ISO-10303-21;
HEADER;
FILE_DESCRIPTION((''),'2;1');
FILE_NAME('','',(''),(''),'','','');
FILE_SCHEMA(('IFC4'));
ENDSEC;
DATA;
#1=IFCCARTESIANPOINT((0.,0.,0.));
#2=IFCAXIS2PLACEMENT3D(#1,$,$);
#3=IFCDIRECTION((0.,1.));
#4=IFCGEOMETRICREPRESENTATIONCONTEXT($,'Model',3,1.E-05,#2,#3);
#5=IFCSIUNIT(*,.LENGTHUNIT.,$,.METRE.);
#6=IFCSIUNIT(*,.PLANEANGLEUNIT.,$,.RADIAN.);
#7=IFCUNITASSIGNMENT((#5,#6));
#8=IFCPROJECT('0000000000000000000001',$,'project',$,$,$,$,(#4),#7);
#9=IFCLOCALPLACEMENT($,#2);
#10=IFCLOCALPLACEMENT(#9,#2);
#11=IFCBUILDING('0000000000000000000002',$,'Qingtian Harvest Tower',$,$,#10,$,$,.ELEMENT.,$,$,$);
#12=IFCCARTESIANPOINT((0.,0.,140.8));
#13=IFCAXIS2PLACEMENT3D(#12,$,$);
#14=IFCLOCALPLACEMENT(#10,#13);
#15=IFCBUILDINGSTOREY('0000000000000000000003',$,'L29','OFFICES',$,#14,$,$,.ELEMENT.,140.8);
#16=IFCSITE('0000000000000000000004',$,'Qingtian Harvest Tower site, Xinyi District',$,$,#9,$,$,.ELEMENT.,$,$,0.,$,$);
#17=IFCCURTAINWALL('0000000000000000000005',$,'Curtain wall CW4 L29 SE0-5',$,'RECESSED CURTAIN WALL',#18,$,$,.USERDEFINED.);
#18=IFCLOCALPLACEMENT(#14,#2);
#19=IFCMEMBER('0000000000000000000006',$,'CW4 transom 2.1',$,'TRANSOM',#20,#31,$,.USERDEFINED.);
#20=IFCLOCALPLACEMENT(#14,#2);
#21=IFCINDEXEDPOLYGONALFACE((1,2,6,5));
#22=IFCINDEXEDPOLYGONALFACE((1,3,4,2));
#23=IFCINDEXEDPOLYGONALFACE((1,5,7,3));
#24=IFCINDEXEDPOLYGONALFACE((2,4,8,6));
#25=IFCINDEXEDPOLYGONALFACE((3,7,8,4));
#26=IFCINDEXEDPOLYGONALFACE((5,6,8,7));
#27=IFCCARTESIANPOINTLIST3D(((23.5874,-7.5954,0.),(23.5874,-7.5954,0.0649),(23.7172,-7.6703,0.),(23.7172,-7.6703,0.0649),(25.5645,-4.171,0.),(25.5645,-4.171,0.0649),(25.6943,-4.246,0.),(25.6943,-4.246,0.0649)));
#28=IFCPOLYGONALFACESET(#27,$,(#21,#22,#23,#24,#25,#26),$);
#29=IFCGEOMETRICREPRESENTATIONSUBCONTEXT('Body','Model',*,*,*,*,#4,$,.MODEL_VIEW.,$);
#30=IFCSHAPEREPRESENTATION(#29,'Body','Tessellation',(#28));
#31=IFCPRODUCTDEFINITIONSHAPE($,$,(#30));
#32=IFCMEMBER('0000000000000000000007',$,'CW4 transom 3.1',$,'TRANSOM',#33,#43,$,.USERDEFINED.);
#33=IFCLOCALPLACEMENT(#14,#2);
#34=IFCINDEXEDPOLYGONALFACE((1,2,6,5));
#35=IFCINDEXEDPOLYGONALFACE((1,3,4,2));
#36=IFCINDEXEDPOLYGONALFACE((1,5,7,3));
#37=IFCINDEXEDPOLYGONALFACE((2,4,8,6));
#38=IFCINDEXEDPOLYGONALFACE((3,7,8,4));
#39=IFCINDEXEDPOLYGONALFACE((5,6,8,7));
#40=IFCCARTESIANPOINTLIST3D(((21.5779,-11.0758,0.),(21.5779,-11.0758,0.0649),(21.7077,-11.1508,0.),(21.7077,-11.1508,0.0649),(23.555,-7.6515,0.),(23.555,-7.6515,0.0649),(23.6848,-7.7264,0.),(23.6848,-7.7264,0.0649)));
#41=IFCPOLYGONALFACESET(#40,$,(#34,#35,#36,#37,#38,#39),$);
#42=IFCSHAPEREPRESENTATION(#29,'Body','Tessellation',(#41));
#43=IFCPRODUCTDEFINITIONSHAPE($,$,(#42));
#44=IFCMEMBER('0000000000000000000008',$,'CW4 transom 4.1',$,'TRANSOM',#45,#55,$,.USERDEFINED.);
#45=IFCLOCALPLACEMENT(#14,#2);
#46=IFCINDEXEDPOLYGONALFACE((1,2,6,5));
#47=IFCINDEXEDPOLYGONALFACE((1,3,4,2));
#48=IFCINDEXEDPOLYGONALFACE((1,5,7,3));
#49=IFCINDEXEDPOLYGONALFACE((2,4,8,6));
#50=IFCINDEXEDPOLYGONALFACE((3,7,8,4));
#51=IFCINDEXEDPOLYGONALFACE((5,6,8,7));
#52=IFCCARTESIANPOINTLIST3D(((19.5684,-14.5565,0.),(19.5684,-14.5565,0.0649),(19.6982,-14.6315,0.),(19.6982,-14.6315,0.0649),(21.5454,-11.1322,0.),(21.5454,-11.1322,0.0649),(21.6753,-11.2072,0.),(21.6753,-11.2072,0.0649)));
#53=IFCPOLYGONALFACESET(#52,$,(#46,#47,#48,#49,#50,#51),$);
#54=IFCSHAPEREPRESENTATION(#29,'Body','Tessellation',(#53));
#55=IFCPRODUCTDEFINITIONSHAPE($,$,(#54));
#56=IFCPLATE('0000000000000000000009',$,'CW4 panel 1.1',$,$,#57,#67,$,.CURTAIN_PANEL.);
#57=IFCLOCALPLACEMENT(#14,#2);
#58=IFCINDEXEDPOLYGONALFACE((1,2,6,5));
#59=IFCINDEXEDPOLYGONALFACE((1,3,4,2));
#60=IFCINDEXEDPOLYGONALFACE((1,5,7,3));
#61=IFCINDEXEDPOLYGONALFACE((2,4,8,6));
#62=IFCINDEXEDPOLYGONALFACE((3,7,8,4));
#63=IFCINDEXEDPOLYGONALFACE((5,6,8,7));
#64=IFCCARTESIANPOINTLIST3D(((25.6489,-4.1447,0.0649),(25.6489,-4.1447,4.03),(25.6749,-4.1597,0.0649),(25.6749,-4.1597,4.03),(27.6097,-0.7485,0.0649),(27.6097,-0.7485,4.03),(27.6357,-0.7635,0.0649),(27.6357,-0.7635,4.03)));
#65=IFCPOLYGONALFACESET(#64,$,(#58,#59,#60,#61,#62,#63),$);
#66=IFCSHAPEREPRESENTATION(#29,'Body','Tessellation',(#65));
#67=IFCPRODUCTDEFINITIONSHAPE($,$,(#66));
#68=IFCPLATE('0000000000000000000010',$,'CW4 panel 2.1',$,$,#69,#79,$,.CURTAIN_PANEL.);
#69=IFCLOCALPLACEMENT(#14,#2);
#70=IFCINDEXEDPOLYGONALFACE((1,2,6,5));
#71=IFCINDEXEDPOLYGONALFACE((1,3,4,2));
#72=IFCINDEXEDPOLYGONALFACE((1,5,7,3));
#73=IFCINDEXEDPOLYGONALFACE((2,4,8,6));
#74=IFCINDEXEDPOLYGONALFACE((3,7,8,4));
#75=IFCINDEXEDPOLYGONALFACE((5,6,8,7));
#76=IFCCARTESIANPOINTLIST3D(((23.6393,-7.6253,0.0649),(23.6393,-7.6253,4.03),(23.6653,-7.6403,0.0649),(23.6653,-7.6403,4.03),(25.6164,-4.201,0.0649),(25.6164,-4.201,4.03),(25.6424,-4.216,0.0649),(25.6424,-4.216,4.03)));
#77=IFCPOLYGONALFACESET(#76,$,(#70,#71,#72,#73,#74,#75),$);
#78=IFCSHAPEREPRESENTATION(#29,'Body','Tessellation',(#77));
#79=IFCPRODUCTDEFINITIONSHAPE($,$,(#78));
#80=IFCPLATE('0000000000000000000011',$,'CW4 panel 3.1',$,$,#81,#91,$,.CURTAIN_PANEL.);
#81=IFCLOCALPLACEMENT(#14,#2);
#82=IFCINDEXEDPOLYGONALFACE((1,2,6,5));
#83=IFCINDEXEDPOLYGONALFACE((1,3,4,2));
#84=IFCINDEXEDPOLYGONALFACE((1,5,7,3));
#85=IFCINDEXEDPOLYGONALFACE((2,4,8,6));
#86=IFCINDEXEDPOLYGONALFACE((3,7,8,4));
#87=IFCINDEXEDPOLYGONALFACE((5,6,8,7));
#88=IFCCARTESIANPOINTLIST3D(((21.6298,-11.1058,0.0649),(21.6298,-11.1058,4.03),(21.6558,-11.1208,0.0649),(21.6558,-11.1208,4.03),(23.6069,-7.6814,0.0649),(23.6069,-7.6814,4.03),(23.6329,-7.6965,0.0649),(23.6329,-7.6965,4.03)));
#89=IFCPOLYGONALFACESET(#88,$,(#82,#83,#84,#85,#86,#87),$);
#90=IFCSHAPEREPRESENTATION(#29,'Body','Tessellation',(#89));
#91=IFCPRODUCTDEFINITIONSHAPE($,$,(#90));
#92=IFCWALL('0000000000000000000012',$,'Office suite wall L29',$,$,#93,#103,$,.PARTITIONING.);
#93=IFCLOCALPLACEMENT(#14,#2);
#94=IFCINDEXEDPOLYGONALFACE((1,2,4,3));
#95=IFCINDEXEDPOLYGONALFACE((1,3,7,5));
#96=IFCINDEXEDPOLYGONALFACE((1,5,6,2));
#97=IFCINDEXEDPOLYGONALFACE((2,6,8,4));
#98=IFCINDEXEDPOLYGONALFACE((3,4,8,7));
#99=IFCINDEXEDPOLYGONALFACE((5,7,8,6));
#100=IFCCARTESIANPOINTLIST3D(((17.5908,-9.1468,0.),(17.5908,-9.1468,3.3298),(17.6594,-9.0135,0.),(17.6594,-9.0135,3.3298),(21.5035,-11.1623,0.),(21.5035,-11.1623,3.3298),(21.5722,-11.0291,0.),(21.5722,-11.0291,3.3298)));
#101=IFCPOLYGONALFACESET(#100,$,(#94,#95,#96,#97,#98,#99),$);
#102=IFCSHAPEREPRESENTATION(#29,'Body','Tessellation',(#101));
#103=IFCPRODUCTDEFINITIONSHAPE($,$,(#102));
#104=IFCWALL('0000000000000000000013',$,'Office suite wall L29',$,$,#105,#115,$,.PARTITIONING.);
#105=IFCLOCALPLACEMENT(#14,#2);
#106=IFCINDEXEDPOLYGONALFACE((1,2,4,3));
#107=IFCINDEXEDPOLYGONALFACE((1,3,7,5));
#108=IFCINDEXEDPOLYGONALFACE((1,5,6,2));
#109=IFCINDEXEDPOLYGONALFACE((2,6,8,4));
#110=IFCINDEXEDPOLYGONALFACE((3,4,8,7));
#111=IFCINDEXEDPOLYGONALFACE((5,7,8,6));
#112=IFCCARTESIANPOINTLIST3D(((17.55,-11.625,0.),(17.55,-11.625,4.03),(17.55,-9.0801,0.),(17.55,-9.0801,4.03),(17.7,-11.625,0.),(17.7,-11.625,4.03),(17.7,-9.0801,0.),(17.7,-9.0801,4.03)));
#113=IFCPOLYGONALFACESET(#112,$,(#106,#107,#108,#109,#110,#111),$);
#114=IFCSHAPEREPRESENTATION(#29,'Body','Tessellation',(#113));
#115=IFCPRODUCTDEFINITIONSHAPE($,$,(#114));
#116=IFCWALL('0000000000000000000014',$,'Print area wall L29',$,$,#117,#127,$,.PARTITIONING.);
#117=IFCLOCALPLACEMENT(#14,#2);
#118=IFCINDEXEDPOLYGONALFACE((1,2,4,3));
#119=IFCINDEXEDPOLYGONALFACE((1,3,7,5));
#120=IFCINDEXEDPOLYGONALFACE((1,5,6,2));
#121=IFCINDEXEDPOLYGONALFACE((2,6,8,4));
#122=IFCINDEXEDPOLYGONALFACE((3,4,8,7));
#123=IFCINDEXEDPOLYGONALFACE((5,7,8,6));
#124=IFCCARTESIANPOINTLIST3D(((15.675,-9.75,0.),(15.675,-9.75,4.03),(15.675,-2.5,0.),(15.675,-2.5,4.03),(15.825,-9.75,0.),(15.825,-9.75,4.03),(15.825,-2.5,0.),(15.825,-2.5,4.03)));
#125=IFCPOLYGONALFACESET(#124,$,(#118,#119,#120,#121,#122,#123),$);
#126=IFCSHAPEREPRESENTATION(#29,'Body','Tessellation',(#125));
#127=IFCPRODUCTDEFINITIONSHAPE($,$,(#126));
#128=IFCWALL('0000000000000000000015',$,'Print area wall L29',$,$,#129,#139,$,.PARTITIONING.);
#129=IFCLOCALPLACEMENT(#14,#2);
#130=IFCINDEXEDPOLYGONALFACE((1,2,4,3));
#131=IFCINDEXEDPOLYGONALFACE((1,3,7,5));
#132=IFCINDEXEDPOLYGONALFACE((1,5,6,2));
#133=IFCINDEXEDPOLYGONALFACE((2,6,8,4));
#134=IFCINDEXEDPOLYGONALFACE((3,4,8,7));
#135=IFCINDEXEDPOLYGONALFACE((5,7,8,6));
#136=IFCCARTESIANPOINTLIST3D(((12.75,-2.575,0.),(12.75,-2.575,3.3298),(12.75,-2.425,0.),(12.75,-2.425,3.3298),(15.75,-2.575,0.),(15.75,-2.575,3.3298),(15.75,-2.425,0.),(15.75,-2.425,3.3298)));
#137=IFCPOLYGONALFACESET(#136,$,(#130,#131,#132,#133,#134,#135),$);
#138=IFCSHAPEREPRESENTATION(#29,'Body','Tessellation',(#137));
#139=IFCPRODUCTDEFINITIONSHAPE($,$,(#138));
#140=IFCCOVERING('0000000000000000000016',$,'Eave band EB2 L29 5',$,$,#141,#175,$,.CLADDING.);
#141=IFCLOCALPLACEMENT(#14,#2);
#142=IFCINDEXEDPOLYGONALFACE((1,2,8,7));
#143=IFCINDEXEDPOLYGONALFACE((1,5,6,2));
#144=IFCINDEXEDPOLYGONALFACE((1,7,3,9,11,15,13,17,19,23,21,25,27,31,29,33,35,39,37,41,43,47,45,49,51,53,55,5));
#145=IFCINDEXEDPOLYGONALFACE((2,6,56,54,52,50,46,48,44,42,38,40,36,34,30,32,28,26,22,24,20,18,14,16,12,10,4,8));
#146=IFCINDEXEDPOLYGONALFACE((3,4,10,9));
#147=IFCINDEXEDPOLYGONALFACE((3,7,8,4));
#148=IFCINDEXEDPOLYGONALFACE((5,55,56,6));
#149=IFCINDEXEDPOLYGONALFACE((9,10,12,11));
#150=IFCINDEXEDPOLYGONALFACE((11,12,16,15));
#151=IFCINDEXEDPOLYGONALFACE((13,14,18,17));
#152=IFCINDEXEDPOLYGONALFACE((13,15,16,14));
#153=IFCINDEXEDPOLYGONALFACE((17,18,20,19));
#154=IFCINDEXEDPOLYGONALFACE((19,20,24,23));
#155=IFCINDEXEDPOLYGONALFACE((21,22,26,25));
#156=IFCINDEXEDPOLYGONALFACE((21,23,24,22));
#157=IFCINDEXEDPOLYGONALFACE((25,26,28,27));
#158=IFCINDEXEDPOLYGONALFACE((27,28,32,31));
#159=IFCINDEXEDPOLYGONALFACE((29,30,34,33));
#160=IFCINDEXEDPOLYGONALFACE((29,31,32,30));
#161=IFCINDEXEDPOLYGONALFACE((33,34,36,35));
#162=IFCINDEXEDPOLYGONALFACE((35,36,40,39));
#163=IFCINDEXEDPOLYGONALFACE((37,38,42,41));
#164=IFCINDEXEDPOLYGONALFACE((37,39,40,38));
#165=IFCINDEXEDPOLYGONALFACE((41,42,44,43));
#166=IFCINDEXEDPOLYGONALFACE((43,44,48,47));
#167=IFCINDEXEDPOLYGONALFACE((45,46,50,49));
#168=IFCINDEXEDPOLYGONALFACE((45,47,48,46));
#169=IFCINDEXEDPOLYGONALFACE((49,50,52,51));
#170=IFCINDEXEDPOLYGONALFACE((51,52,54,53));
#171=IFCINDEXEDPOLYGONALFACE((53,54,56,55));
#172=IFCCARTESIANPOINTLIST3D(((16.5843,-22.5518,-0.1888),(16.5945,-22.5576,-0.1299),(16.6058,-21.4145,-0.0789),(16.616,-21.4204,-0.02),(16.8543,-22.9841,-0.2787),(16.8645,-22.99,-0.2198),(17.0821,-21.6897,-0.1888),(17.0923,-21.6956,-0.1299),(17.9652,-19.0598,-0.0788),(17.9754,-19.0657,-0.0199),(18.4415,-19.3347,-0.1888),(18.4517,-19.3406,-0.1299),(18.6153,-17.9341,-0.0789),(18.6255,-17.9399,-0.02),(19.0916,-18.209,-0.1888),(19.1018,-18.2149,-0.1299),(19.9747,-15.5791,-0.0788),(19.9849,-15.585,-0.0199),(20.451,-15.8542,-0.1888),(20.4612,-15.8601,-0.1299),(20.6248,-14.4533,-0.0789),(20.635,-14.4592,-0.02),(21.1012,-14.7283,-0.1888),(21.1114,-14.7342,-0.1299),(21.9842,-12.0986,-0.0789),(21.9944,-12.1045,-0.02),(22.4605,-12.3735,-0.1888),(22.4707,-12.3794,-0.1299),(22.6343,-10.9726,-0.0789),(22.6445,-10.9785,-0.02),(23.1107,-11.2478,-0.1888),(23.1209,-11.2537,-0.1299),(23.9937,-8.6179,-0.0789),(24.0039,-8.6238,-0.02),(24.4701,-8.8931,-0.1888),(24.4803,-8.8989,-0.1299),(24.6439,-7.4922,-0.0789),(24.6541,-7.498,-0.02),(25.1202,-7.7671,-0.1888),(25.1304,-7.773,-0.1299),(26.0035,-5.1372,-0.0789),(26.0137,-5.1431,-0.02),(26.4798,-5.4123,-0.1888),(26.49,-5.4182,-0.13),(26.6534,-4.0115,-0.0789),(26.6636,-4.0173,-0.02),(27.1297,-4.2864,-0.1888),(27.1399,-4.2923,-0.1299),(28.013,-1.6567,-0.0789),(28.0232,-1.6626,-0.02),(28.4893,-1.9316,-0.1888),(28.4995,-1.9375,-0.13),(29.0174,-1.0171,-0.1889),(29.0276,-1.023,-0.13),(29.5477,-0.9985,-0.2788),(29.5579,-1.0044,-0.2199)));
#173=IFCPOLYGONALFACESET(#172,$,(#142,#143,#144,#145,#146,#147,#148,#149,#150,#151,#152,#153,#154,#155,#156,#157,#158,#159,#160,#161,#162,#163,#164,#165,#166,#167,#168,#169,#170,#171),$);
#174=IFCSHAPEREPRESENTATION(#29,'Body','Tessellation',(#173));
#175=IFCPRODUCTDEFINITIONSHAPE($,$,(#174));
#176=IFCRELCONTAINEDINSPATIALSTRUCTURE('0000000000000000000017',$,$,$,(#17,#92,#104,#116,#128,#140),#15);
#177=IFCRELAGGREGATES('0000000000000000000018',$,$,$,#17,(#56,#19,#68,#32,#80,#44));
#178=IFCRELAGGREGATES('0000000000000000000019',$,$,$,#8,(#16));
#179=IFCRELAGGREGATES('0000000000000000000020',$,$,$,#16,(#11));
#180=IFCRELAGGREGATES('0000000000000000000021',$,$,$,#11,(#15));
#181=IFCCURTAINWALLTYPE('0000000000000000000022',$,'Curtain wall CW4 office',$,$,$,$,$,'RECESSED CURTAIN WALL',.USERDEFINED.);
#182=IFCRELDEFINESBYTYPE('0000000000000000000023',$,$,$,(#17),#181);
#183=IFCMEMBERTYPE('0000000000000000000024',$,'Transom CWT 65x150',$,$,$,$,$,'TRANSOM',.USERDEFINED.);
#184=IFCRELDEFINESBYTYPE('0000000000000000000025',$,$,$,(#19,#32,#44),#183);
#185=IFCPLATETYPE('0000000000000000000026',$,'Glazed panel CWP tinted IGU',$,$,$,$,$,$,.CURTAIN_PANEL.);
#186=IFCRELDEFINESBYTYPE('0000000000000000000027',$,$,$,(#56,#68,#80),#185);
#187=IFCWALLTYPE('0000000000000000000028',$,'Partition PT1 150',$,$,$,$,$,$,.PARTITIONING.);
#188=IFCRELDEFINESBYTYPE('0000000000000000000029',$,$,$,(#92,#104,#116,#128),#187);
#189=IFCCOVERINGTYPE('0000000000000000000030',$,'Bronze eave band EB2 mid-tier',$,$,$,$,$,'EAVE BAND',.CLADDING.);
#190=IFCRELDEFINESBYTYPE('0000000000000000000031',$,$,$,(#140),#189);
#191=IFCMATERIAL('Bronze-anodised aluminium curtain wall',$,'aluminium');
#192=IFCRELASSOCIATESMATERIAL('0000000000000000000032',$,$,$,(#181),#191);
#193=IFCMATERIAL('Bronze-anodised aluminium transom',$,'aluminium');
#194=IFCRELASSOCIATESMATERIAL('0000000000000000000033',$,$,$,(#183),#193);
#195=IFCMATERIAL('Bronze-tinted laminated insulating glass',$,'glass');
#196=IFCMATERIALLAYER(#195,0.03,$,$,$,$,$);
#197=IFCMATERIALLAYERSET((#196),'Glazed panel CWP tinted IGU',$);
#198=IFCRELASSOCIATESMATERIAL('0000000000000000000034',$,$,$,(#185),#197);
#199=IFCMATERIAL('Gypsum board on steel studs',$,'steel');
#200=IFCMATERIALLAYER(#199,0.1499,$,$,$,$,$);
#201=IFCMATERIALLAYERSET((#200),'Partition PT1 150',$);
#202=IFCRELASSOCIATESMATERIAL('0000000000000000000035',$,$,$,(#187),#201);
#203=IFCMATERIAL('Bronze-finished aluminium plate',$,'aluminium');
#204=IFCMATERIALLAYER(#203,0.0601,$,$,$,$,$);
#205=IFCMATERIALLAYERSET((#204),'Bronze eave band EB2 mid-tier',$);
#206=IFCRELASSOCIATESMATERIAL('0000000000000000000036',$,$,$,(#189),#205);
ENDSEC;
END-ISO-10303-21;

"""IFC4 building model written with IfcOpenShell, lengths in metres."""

from ifc_helpers import new_model, si_unit, direction, frame, frame_2d, origin, origin_2d, place, context, subcontext, project, spatial, polyline, rectangle, outline, extrude, material, layer, layer_set, material_profile, profile_set, type_object, element, aggregate, save


model = new_model("IFC4")

# Units and contexts
model_context = context("Model", 3, precision=1e-05, world=origin(), true_north=direction((0.0, 1.0)))
body_context = subcontext(model_context, "Body", "Model", "MODEL_VIEW")
ifc_project = project(units=[si_unit("LENGTHUNIT", "METRE"), si_unit("PLANEANGLEUNIT", "RADIAN")], contexts=[model_context])

# Site, building, storey
site_placement = place(None, origin())
site = spatial("IfcSite", under=ifc_project, at=site_placement, Name="Qingtian Harvest Tower site, Xinyi District", CompositionType="ELEMENT", RefElevation=0.0)
building_placement = place(site_placement, origin())
building = spatial("IfcBuilding", under=site, at=building_placement, Name="Qingtian Harvest Tower", CompositionType="ELEMENT")
storey_placement = place(building_placement, frame((0.0, 0.0, 140.8)))
storey = spatial("IfcBuildingStorey", under=building, at=storey_placement, Name="L29", Description="OFFICES", CompositionType="ELEMENT", Elevation=140.8)

# Shared definitions
ifc_material_1 = material(Name="Bronze-anodised aluminium curtain wall", Category="aluminium")
curtain_wall_type = type_object("IfcCurtainWallType", Name="Curtain wall CW4 office", ElementType="RECESSED CURTAIN WALL", PredefinedType="USERDEFINED", material=ifc_material_1)

# Curtain wall
curtain_wall_1_placement = place(storey_placement, origin())
curtain_wall_1 = element("IfcCurtainWall", 1, at=curtain_wall_1_placement, inside=storey, type_object=curtain_wall_type, Name="Curtain wall CW4 L29 SE0-5", ObjectType="RECESSED CURTAIN WALL", PredefinedType="USERDEFINED")

# Members
ifc_material_2 = material(Name="Bronze-anodised aluminium transom", Category="aluminium")
ifc_material_profile_1 = material_profile(ifc_material_2, rectangle(XDim=0.1499, YDim=0.0649, at=origin_2d()), Name="AL 65x150")
ifc_profile_set_1 = profile_set([ifc_material_profile_1], Name="Bronze-anodised aluminium transom")
member_type_1 = type_object("IfcMemberType", Name="Transom CWT 65x150", ElementType="TRANSOM", PredefinedType="USERDEFINED", material=ifc_profile_set_1)
member_1_placement = place(storey_placement, frame((25.6294, -4.2085, 0.0325), z_axis=(-0.500004, -0.866023, 0.0), x_axis=(0.866023, -0.500004, 0.0)))
member_1 = element("IfcMember", 2, at=member_1_placement, type_object=member_type_1, Name="CW4 transom 2.1", ObjectType="TRANSOM", PredefinedType="USERDEFINED", context=body_context, shape_type="SweptSolid", body=[
    extrude(rectangle(XDim=0.1499, YDim=0.0649, at=origin_2d()), origin(), (0.0, 0.0, 1.0), 3.9541),
])
member_2_placement = place(storey_placement, frame((23.6199, -7.689, 0.0325), z_axis=(-0.500004, -0.866023, 0.0), x_axis=(0.866023, -0.500004, 0.0)))
member_2 = element("IfcMember", 3, at=member_2_placement, type_object=member_type_1, Name="CW4 transom 3.1", ObjectType="TRANSOM", PredefinedType="USERDEFINED", context=body_context, shape_type="SweptSolid", body=[
    extrude(rectangle(XDim=0.1499, YDim=0.0649, at=origin_2d()), origin(), (0.0, 0.0, 1.0), 3.9541),
])
member_3_placement = place(storey_placement, frame((21.6104, -11.1697, 0.0325), z_axis=(-0.500004, -0.866023, 0.0), x_axis=(0.866023, -0.500004, 0.0)))
member_3 = element("IfcMember", 4, at=member_3_placement, type_object=member_type_1, Name="CW4 transom 4.1", ObjectType="TRANSOM", PredefinedType="USERDEFINED", context=body_context, shape_type="SweptSolid", body=[
    extrude(rectangle(XDim=0.1499, YDim=0.0649, at=origin_2d()), origin(), (0.0, 0.0, 1.0), 3.9541),
])

# Plates
ifc_material_3 = material(Name="Bronze-tinted laminated insulating glass", Category="glass")
ifc_layer_1 = layer(ifc_material_3, 0.03)
ifc_layer_set_1 = layer_set([ifc_layer_1], Name="Glazed panel CWP tinted IGU")
plate_type = type_object("IfcPlateType", Name="Glazed panel CWP tinted IGU", PredefinedType="CURTAIN_PANEL", material=ifc_layer_set_1)
plate_1_placement = place(storey_placement, frame((26.6423, -2.4541, 0.0649), z_axis=(0.0, 0.0, 1.0), x_axis=(-0.5, -0.866025, 0.0)))
plate_1 = element("IfcPlate", 5, at=plate_1_placement, type_object=plate_type, Name="CW4 panel 1.1", PredefinedType="CURTAIN_PANEL", context=body_context, shape_type="SweptSolid", body=[
    extrude(rectangle(XDim=3.9216, YDim=0.03, at=origin_2d()), origin(), (0.0, 0.0, 1.0), 3.9651),
])
plate_2_placement = place(storey_placement, frame((24.6409, -5.9207, 0.0649), z_axis=(0.0, 0.0, 1.0), x_axis=(-0.5, -0.866025, 0.0)))
plate_2 = element("IfcPlate", 6, at=plate_2_placement, type_object=plate_type, Name="CW4 panel 2.1", PredefinedType="CURTAIN_PANEL", context=body_context, shape_type="SweptSolid", body=[
    extrude(rectangle(XDim=3.9541, YDim=0.03, at=origin_2d()), origin(), (0.0, 0.0, 1.0), 3.9651),
])
plate_3_placement = place(storey_placement, frame((22.6313, -9.4011, 0.0649), z_axis=(0.0, 0.0, 1.0), x_axis=(-0.5, -0.866025, 0.0)))
plate_3 = element("IfcPlate", 7, at=plate_3_placement, type_object=plate_type, Name="CW4 panel 3.1", PredefinedType="CURTAIN_PANEL", context=body_context, shape_type="SweptSolid", body=[
    extrude(rectangle(XDim=3.9541, YDim=0.03, at=origin_2d()), origin(), (0.0, 0.0, 1.0), 3.9651),
])
aggregate(curtain_wall_1, [plate_1, member_1, plate_2, member_2, plate_3, member_3])

# Walls
ifc_material_4 = material(Name="Gypsum board on steel studs", Category="steel")
ifc_layer_2 = layer(ifc_material_4, 0.1499)
ifc_layer_set_2 = layer_set([ifc_layer_2], Name="Partition PT1 150")
wall_type = type_object("IfcWallType", Name="Partition PT1 150", PredefinedType="PARTITIONING", material=ifc_layer_set_2)
wall_1_placement = place(storey_placement, frame((21.5378, -11.0957, 0.0), z_axis=(0.0, 0.0, 1.0), x_axis=(-0.888982, 0.457942, 0.0)))
element("IfcWall", 8, at=wall_1_placement, inside=storey, type_object=wall_type, Name="Office suite wall L29", PredefinedType="PARTITIONING", context=body_context, shape_type="SweptSolid", body=[
    extrude(rectangle(XDim=4.4014, YDim=0.1499, at=frame_2d((2.2007, 0.0))), origin(), (0.0, 0.0, 1.0), 3.3298),
])
wall_2_placement = place(storey_placement, frame((17.625, -9.0801, 0.0), z_axis=(0.0, 0.0, 1.0), x_axis=(0.0, -1.0, 0.0)))
element("IfcWall", 9, at=wall_2_placement, inside=storey, type_object=wall_type, Name="Office suite wall L29", PredefinedType="PARTITIONING", context=body_context, shape_type="SweptSolid", body=[
    extrude(rectangle(XDim=2.5449, YDim=0.1499, at=frame_2d((1.2725, 0.0))), origin(), (0.0, 0.0, 1.0), 4.03),
])
wall_3_placement = place(storey_placement, frame((15.75, -9.75, 0.0), z_axis=(0.0, 0.0, 1.0), x_axis=(0.0, 1.0, 0.0)))
element("IfcWall", 10, at=wall_3_placement, inside=storey, type_object=wall_type, Name="Print area wall L29", PredefinedType="PARTITIONING", context=body_context, shape_type="SweptSolid", body=[
    extrude(rectangle(XDim=7.25, YDim=0.1499, at=frame_2d((3.625, 0.0))), origin(), (0.0, 0.0, 1.0), 4.03),
])
wall_4_placement = place(storey_placement, frame((12.75, -2.5, 0.0), z_axis=(0.0, 0.0, 1.0), x_axis=(1.0, 0.0, 0.0)))
element("IfcWall", 11, at=wall_4_placement, inside=storey, type_object=wall_type, Name="Print area wall L29", PredefinedType="PARTITIONING", context=body_context, shape_type="SweptSolid", body=[
    extrude(rectangle(XDim=3.0, YDim=0.1499, at=frame_2d((1.5, 0.0))), origin(), (0.0, 0.0, 1.0), 3.3298),
])

# Covering
ifc_material_5 = material(Name="Bronze-finished aluminium plate", Category="aluminium")
ifc_layer_3 = layer(ifc_material_5, 0.0601)
ifc_layer_set_3 = layer_set([ifc_layer_3], Name="Bronze eave band EB2 mid-tier")
covering_type = type_object("IfcCoveringType", Name="Bronze eave band EB2 mid-tier", ElementType="EAVE BAND", PredefinedType="CLADDING", material=ifc_layer_set_3)
covering_placement = place(storey_placement, frame((28.0232, -1.6626, -0.02), z_axis=(0.169743, -0.097999, 0.980604), x_axis=(0.849305, -0.490168, -0.196001)))
element("IfcCovering", 12, at=covering_placement, inside=storey, type_object=covering_type, Name="Eave band EB2 L29 5", PredefinedType="CLADDING", context=body_context, shape_type="SweptSolid", body=[
    extrude(outline(polyline([(0.0, 0.0), (0.5609, 0.0), (0.5611, 1.0561), (1.02, 1.3372), (1.0161, -24.0496), (0.5572, -23.8101), (0.5574, -22.8146), (-0.0036, -22.8144), (-0.0033, -20.0954), (0.5576, -20.0954), (0.558, -18.7954), (-0.0029, -18.7954), (-0.0027, -16.0763), (0.5583, -16.0765), (0.5585, -14.7763), (-0.0023, -14.7763), (-0.002, -12.0574), (0.5589, -12.0574), (0.5592, -10.7574), (-0.0018, -10.7572), (-0.0015, -8.0382), (0.5595, -8.0384), (0.5598, -6.7382), (-0.0011, -6.7382), (-0.0007, -4.0189), (0.5603, -4.0191), (0.5604, -2.7191), (-0.0005, -2.7191), (0.0, 0.0)])), origin(), (0.0, 0.0, -1.0), 0.0601),
])

save(model, "model.ifc")
